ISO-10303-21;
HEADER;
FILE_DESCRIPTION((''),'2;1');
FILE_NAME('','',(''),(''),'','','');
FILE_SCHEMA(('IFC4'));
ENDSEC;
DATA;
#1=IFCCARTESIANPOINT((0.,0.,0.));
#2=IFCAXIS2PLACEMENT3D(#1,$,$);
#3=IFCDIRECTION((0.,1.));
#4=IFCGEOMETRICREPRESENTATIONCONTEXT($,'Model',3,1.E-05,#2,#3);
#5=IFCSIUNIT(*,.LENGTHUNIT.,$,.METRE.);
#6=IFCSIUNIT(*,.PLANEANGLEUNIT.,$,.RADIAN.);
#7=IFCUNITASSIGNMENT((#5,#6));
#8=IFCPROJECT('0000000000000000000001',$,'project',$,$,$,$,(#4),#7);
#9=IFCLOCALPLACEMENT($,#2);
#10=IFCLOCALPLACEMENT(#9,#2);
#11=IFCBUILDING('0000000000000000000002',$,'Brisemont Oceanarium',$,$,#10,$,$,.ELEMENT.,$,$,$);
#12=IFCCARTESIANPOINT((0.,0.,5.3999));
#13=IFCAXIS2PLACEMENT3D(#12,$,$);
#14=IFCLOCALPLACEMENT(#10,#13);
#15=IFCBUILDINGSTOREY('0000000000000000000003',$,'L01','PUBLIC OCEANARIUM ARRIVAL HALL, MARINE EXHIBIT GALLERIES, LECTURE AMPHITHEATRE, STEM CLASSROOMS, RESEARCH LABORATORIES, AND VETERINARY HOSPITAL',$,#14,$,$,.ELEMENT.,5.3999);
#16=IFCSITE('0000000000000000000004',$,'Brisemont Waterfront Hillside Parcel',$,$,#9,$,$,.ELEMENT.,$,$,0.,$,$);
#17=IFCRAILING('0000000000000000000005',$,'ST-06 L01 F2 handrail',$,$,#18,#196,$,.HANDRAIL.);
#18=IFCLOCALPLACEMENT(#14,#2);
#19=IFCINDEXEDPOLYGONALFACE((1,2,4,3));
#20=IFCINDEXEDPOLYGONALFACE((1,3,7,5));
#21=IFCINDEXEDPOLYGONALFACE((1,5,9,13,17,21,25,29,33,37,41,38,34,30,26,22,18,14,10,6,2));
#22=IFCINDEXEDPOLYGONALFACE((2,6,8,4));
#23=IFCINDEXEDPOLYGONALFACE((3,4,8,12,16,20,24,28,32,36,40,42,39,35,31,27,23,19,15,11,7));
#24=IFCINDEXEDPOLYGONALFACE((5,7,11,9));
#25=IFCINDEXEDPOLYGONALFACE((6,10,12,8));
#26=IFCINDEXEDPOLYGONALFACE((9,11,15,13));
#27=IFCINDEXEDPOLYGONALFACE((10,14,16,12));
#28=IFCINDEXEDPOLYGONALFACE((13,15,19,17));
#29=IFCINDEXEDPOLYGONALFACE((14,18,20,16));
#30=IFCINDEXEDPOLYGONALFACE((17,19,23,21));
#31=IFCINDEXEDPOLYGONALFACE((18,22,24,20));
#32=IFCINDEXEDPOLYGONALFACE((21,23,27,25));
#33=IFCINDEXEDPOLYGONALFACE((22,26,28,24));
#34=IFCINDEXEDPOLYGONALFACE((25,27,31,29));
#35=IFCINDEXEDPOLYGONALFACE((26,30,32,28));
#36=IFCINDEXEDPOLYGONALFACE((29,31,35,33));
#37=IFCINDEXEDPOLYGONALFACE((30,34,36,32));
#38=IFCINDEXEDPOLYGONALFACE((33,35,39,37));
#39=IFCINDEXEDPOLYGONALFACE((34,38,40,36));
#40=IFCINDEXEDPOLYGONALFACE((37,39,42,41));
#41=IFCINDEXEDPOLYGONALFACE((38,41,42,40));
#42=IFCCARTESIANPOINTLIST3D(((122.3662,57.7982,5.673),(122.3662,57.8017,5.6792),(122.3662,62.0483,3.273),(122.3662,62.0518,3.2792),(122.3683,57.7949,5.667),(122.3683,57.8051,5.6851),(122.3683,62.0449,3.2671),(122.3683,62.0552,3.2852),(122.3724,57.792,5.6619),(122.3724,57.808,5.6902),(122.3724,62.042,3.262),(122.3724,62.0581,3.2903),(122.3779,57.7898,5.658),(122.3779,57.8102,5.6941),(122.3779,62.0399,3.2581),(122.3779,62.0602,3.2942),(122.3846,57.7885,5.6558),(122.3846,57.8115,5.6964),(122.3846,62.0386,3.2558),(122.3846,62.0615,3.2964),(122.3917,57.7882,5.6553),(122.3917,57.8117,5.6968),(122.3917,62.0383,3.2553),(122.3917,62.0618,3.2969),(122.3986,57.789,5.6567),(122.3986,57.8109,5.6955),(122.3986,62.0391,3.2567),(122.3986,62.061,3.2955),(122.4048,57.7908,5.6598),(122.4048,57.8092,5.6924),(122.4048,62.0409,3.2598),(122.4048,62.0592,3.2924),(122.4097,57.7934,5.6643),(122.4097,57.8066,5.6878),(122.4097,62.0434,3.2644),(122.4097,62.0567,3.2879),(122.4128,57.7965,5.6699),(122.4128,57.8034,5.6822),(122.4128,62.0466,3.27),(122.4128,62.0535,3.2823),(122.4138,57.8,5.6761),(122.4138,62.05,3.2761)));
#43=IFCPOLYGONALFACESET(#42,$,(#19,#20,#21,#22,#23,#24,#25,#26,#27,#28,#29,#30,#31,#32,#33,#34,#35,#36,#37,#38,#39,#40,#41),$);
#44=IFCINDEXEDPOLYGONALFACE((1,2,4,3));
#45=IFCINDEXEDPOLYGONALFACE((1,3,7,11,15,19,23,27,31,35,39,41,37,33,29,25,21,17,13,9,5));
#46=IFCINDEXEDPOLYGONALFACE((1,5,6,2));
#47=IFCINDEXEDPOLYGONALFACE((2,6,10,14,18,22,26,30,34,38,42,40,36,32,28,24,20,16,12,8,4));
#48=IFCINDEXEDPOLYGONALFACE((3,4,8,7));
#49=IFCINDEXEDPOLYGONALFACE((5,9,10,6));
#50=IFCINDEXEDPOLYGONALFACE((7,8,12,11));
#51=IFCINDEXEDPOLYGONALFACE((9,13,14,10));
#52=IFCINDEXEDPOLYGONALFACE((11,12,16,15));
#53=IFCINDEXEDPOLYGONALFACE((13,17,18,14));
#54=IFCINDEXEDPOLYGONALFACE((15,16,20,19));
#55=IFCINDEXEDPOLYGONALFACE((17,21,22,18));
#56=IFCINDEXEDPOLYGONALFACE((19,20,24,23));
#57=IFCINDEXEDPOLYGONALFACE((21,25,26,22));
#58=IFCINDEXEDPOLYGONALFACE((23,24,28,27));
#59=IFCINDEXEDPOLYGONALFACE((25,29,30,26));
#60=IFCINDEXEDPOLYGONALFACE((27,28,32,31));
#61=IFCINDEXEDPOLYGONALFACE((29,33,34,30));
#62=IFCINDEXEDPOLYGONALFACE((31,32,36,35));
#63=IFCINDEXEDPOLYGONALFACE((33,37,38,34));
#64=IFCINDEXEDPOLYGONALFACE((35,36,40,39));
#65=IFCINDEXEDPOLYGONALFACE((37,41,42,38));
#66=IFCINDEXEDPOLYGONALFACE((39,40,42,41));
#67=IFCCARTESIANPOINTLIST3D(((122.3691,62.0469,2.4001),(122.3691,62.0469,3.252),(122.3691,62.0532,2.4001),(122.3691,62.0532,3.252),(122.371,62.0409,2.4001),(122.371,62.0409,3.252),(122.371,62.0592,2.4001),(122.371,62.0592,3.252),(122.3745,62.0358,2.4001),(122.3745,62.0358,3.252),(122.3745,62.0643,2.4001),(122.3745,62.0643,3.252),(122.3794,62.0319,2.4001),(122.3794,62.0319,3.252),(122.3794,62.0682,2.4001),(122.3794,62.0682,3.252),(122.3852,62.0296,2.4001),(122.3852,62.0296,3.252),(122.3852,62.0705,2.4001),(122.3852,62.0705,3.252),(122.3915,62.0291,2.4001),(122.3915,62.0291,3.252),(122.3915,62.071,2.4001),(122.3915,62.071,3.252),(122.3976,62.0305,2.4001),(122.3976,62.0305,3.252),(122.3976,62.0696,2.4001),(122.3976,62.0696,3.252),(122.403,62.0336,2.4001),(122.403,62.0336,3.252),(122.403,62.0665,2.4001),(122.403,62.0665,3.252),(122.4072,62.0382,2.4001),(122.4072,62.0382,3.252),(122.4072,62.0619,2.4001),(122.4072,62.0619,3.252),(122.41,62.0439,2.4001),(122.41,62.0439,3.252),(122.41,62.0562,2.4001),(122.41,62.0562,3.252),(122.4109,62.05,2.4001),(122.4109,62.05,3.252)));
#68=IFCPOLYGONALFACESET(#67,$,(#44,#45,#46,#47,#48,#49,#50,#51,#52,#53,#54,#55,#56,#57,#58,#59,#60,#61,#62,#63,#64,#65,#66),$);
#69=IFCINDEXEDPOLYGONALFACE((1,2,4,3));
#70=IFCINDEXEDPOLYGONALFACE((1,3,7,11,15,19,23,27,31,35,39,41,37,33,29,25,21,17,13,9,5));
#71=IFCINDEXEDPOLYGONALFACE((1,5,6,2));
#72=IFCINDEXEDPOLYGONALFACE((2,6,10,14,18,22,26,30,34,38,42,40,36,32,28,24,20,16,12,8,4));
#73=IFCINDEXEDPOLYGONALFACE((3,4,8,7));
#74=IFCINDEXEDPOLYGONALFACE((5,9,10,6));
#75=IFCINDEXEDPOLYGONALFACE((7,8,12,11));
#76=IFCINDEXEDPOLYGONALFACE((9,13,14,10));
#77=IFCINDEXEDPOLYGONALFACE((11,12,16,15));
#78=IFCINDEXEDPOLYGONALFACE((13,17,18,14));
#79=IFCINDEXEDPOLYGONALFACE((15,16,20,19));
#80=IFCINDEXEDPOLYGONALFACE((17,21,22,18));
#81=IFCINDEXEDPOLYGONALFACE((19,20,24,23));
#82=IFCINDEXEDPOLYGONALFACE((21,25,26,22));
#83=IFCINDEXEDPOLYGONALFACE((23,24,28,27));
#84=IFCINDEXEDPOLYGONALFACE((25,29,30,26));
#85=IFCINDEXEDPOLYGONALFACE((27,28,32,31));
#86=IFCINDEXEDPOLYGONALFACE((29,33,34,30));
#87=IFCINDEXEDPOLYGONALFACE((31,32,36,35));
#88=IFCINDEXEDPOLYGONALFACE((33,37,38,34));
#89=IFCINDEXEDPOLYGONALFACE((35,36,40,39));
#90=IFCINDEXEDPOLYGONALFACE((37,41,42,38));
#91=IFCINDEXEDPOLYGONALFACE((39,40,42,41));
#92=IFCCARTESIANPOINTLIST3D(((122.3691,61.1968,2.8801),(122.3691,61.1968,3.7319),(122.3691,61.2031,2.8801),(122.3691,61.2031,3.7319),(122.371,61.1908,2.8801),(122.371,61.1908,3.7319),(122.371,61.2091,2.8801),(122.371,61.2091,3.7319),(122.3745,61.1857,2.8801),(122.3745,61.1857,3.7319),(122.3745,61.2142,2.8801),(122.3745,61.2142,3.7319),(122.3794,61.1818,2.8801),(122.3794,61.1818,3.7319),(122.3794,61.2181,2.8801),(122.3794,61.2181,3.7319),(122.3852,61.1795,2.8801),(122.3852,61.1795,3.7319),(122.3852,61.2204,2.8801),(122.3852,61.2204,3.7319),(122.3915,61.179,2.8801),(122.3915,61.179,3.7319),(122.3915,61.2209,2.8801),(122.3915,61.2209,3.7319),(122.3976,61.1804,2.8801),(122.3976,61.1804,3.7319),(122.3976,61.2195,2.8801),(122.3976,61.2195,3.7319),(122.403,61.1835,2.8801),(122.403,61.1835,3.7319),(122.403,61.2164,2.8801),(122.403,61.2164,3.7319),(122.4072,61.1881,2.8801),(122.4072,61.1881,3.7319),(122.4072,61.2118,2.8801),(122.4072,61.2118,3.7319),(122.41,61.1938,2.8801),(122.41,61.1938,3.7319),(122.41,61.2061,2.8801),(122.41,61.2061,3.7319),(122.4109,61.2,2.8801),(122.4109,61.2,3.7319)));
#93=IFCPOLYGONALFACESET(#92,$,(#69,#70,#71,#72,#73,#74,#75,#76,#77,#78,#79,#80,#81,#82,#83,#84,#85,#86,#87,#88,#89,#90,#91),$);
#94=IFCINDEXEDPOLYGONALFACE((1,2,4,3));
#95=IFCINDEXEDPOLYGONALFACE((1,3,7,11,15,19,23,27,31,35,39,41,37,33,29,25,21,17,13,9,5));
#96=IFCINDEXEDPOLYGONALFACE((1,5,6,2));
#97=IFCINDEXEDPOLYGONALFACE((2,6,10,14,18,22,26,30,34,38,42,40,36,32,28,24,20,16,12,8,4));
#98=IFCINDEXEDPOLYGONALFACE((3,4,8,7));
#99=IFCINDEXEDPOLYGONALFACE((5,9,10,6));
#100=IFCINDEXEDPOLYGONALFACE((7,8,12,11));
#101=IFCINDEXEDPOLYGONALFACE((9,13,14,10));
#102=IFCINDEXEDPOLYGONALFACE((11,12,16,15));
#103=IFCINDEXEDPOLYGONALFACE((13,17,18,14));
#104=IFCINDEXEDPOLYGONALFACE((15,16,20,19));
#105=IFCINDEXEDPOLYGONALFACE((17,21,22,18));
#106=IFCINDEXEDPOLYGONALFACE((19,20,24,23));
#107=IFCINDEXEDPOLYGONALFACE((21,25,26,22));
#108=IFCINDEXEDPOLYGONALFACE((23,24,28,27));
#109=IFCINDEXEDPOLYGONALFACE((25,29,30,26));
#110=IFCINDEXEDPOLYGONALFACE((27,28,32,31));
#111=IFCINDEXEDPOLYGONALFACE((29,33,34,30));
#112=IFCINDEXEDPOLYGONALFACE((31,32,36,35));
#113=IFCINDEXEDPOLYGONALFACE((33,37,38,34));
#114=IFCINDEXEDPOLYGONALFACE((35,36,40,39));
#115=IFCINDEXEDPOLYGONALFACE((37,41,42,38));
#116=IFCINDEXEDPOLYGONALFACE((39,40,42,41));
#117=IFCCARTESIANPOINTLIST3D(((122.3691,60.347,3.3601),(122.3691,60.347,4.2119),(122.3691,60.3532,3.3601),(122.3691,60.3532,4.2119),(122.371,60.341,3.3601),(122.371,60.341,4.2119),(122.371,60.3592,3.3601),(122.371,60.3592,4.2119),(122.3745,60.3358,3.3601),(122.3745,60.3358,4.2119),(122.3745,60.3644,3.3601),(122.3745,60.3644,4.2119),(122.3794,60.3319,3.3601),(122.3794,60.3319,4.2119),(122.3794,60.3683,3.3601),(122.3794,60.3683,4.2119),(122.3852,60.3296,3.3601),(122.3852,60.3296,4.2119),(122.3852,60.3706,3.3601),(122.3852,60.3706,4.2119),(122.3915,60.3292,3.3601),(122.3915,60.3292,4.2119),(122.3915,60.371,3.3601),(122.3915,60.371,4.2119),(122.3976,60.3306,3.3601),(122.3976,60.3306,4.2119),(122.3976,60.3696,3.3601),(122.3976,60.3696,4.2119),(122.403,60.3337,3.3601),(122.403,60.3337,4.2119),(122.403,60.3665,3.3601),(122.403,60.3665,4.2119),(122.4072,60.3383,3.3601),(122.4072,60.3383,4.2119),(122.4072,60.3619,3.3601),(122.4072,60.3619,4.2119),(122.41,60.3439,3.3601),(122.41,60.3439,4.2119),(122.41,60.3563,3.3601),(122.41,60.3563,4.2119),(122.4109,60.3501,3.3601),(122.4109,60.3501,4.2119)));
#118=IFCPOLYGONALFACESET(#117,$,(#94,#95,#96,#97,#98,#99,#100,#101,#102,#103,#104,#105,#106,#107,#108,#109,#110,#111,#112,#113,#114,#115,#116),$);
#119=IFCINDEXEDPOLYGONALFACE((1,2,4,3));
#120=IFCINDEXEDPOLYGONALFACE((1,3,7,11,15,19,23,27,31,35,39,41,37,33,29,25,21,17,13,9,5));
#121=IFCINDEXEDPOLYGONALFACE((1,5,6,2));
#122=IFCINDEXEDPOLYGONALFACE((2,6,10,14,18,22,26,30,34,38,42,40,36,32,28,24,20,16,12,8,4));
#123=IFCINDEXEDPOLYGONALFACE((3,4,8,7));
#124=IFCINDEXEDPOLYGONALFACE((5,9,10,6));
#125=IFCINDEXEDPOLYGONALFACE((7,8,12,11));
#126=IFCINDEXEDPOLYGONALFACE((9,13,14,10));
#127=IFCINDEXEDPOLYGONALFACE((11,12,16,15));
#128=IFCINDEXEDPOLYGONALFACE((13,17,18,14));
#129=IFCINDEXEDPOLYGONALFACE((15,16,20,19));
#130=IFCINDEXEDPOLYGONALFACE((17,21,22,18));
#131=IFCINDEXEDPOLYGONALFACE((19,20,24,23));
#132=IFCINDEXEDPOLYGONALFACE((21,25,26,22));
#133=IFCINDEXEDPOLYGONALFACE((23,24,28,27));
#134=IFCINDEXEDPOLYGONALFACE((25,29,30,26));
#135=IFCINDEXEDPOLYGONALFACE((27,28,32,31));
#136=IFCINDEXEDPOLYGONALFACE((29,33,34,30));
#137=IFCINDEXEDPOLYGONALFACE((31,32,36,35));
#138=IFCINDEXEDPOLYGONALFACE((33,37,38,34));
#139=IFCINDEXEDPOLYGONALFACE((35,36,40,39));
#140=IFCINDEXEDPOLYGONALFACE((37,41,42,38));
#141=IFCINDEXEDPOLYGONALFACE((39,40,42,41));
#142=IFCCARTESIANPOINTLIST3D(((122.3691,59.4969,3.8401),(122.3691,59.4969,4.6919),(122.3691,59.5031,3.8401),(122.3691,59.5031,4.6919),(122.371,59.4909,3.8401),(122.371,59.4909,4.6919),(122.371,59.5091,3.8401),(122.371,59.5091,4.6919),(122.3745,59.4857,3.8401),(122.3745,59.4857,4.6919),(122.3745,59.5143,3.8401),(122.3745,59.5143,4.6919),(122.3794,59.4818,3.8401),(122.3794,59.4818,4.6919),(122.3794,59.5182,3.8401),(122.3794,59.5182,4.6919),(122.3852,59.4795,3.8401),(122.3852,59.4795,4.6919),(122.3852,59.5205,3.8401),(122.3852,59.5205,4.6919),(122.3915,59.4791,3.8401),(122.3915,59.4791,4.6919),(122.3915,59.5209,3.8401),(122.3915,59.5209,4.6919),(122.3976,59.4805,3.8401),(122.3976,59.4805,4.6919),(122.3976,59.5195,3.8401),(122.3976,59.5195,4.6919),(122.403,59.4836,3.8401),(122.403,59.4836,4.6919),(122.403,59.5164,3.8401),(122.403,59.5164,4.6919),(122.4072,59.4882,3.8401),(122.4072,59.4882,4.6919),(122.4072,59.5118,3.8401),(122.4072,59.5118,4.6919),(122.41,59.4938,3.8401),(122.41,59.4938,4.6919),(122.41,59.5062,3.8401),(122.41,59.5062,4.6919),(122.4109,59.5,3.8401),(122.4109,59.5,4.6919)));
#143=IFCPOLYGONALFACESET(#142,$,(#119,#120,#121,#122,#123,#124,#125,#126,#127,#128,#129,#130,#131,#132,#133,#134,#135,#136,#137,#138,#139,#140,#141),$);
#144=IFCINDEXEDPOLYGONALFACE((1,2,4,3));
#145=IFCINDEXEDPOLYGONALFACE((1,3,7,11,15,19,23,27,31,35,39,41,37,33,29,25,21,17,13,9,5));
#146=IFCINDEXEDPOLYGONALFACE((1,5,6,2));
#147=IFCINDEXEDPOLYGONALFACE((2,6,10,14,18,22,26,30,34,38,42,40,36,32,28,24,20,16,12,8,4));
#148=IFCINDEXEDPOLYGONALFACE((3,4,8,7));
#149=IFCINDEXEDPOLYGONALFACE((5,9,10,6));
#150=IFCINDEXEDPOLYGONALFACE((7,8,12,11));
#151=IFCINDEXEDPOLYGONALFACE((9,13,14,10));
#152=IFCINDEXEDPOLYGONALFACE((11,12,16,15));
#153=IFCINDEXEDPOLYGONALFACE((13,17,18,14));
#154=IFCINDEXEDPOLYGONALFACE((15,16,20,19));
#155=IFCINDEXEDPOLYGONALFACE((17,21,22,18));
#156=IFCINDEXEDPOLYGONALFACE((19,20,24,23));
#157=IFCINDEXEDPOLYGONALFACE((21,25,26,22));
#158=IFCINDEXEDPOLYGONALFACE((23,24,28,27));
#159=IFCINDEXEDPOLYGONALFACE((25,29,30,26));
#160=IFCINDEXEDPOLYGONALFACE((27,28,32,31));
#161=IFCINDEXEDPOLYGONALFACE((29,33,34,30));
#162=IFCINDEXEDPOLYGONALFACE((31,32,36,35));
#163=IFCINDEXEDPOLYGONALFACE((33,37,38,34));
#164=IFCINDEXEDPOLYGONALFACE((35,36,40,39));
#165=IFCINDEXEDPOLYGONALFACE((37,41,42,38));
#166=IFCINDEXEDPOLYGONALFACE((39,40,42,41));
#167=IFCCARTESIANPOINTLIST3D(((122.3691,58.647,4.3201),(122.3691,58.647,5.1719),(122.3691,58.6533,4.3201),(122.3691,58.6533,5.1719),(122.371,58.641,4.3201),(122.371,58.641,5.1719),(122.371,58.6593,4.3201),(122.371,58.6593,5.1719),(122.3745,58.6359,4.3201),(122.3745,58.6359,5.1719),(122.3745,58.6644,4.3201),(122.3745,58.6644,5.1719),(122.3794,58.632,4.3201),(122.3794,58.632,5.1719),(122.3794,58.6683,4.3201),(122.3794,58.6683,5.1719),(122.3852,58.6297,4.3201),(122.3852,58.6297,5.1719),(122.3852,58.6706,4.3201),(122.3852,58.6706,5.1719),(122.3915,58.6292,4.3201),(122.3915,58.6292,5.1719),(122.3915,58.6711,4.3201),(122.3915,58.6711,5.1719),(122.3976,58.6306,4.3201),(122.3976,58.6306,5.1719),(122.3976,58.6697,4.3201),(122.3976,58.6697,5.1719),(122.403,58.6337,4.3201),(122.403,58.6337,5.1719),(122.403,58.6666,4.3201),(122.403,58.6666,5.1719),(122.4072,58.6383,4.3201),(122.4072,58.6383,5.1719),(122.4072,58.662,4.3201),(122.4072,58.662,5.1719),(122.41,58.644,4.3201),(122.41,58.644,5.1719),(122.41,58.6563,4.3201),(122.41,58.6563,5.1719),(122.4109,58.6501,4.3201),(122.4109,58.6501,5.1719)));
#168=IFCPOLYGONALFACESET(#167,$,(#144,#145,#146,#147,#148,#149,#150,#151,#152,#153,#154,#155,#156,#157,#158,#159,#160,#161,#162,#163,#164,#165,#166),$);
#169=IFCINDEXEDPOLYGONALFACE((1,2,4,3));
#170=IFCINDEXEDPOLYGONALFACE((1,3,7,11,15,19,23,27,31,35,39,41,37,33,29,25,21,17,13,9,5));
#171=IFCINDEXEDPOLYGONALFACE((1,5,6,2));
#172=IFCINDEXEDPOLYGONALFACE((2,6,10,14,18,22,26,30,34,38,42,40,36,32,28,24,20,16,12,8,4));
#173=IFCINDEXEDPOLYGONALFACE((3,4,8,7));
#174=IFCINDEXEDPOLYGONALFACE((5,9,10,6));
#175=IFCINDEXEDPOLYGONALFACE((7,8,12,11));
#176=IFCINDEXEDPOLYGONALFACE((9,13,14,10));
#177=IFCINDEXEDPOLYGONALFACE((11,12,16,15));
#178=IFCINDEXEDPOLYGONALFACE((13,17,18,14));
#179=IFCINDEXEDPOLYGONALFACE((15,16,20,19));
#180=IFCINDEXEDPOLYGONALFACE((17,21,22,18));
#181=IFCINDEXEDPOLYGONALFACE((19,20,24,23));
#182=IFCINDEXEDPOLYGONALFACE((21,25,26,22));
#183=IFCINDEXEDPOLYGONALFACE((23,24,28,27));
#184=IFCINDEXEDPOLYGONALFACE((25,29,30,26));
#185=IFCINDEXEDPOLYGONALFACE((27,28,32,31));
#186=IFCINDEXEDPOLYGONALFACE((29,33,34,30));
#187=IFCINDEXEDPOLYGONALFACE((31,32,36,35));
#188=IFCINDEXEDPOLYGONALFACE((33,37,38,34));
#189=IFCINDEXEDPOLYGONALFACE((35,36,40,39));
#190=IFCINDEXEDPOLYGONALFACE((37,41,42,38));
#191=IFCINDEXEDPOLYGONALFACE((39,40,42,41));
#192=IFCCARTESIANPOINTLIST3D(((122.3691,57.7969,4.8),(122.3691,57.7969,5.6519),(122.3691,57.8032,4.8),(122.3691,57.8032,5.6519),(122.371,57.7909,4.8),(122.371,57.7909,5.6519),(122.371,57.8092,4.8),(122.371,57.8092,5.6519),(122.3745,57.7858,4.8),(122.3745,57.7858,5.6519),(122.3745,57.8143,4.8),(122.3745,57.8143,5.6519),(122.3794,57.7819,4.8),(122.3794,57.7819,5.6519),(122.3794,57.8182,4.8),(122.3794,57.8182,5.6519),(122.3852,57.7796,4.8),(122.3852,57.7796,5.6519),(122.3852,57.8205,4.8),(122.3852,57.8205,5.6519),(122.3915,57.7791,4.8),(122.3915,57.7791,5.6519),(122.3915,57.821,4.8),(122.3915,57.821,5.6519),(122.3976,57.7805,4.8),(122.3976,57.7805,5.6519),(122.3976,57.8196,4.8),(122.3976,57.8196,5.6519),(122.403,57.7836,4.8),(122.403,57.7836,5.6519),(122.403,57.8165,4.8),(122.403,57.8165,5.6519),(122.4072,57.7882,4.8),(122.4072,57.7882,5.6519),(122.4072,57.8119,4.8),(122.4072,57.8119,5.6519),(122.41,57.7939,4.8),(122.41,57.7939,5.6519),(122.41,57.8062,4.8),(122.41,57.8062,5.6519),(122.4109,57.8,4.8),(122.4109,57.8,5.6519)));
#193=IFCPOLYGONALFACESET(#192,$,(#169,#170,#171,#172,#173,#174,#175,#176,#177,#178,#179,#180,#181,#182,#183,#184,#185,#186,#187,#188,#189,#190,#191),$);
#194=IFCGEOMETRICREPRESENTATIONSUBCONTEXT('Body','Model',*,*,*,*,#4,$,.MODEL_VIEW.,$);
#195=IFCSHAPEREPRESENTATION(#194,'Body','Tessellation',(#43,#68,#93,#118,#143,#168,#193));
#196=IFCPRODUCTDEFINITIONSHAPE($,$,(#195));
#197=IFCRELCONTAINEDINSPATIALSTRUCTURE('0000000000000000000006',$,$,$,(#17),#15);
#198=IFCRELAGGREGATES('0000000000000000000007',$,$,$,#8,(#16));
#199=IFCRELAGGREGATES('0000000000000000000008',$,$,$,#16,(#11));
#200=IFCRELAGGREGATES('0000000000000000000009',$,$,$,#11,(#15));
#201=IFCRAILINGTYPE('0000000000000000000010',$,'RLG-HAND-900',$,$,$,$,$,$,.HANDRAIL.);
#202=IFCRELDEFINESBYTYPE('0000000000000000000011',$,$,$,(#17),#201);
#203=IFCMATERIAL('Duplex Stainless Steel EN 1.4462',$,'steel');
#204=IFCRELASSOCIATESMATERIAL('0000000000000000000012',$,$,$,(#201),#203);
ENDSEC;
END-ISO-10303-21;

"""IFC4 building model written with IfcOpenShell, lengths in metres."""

from ifc_helpers import new_model, si_unit, direction, frame, origin, origin_2d, place, context, subcontext, project, spatial, circle, extrude, material, type_object, element, save


model = new_model("IFC4")

# Units and contexts
model_context = context("Model", 3, precision=1e-05, world=origin(), true_north=direction((0.0, 1.0)))
body_context = subcontext(model_context, "Body", "Model", "MODEL_VIEW")
ifc_project = project(units=[si_unit("LENGTHUNIT", "METRE"), si_unit("PLANEANGLEUNIT", "RADIAN")], contexts=[model_context])

# Site, building, storey
site_placement = place(None, origin())
site = spatial("IfcSite", under=ifc_project, at=site_placement, Name="Brisemont Waterfront Hillside Parcel", CompositionType="ELEMENT", RefElevation=0.0)
building_placement = place(site_placement, origin())
building = spatial("IfcBuilding", under=site, at=building_placement, Name="Brisemont Oceanarium", CompositionType="ELEMENT")
storey_placement = place(building_placement, frame((0.0, 0.0, 5.3999)))
storey = spatial("IfcBuildingStorey", under=building, at=storey_placement, Name="L01", Description="PUBLIC OCEANARIUM ARRIVAL HALL, MARINE EXHIBIT GALLERIES, LECTURE AMPHITHEATRE, STEM CLASSROOMS, RESEARCH LABORATORIES, AND VETERINARY HOSPITAL", CompositionType="ELEMENT", Elevation=5.3999)

# Railing
ifc_material_1 = material(Name="Duplex Stainless Steel EN 1.4462", Category="steel")
railing_type_1 = type_object("IfcRailingType", Name="RLG-HAND-900", PredefinedType="HANDRAIL", material=ifc_material_1)
railing_1_placement = place(storey_placement, frame((122.3899, 62.05, 2.4001)))
element("IfcRailing", 1, at=railing_1_placement, inside=storey, type_object=railing_type_1, Name="ST-06 L01 F2 handrail", PredefinedType="HANDRAIL", context=body_context, shape_type="SweptSolid", body=[
    extrude(circle(Radius=0.0239, at=origin_2d()), frame((0.0, 0.0, 0.876), z_axis=(0.0, -0.870762, 0.491704), x_axis=(1.0, 0.0, 0.0)), (0.0, 0.0, 1.0), 4.8809),
    extrude(circle(Radius=0.021, at=origin_2d()), origin(), (0.0, 0.0, 1.0), 0.8518),
    extrude(circle(Radius=0.021, at=origin_2d()), frame((0.0, -0.8501, 0.48)), (0.0, 0.0, 1.0), 0.8518),
    extrude(circle(Radius=0.021, at=origin_2d()), frame((0.0, -1.7, 0.96)), (0.0, 0.0, 1.0), 0.8518),
    extrude(circle(Radius=0.021, at=origin_2d()), frame((0.0, -2.55, 1.4399)), (0.0, 0.0, 1.0), 0.8518),
    extrude(circle(Radius=0.021, at=origin_2d()), frame((0.0, -3.3999, 1.9199)), (0.0, 0.0, 1.0), 0.8518),
    extrude(circle(Radius=0.021, at=origin_2d()), frame((0.0, -4.25, 2.3999)), (0.0, 0.0, 1.0), 0.8518),
])

save(model, "model.ifc")
